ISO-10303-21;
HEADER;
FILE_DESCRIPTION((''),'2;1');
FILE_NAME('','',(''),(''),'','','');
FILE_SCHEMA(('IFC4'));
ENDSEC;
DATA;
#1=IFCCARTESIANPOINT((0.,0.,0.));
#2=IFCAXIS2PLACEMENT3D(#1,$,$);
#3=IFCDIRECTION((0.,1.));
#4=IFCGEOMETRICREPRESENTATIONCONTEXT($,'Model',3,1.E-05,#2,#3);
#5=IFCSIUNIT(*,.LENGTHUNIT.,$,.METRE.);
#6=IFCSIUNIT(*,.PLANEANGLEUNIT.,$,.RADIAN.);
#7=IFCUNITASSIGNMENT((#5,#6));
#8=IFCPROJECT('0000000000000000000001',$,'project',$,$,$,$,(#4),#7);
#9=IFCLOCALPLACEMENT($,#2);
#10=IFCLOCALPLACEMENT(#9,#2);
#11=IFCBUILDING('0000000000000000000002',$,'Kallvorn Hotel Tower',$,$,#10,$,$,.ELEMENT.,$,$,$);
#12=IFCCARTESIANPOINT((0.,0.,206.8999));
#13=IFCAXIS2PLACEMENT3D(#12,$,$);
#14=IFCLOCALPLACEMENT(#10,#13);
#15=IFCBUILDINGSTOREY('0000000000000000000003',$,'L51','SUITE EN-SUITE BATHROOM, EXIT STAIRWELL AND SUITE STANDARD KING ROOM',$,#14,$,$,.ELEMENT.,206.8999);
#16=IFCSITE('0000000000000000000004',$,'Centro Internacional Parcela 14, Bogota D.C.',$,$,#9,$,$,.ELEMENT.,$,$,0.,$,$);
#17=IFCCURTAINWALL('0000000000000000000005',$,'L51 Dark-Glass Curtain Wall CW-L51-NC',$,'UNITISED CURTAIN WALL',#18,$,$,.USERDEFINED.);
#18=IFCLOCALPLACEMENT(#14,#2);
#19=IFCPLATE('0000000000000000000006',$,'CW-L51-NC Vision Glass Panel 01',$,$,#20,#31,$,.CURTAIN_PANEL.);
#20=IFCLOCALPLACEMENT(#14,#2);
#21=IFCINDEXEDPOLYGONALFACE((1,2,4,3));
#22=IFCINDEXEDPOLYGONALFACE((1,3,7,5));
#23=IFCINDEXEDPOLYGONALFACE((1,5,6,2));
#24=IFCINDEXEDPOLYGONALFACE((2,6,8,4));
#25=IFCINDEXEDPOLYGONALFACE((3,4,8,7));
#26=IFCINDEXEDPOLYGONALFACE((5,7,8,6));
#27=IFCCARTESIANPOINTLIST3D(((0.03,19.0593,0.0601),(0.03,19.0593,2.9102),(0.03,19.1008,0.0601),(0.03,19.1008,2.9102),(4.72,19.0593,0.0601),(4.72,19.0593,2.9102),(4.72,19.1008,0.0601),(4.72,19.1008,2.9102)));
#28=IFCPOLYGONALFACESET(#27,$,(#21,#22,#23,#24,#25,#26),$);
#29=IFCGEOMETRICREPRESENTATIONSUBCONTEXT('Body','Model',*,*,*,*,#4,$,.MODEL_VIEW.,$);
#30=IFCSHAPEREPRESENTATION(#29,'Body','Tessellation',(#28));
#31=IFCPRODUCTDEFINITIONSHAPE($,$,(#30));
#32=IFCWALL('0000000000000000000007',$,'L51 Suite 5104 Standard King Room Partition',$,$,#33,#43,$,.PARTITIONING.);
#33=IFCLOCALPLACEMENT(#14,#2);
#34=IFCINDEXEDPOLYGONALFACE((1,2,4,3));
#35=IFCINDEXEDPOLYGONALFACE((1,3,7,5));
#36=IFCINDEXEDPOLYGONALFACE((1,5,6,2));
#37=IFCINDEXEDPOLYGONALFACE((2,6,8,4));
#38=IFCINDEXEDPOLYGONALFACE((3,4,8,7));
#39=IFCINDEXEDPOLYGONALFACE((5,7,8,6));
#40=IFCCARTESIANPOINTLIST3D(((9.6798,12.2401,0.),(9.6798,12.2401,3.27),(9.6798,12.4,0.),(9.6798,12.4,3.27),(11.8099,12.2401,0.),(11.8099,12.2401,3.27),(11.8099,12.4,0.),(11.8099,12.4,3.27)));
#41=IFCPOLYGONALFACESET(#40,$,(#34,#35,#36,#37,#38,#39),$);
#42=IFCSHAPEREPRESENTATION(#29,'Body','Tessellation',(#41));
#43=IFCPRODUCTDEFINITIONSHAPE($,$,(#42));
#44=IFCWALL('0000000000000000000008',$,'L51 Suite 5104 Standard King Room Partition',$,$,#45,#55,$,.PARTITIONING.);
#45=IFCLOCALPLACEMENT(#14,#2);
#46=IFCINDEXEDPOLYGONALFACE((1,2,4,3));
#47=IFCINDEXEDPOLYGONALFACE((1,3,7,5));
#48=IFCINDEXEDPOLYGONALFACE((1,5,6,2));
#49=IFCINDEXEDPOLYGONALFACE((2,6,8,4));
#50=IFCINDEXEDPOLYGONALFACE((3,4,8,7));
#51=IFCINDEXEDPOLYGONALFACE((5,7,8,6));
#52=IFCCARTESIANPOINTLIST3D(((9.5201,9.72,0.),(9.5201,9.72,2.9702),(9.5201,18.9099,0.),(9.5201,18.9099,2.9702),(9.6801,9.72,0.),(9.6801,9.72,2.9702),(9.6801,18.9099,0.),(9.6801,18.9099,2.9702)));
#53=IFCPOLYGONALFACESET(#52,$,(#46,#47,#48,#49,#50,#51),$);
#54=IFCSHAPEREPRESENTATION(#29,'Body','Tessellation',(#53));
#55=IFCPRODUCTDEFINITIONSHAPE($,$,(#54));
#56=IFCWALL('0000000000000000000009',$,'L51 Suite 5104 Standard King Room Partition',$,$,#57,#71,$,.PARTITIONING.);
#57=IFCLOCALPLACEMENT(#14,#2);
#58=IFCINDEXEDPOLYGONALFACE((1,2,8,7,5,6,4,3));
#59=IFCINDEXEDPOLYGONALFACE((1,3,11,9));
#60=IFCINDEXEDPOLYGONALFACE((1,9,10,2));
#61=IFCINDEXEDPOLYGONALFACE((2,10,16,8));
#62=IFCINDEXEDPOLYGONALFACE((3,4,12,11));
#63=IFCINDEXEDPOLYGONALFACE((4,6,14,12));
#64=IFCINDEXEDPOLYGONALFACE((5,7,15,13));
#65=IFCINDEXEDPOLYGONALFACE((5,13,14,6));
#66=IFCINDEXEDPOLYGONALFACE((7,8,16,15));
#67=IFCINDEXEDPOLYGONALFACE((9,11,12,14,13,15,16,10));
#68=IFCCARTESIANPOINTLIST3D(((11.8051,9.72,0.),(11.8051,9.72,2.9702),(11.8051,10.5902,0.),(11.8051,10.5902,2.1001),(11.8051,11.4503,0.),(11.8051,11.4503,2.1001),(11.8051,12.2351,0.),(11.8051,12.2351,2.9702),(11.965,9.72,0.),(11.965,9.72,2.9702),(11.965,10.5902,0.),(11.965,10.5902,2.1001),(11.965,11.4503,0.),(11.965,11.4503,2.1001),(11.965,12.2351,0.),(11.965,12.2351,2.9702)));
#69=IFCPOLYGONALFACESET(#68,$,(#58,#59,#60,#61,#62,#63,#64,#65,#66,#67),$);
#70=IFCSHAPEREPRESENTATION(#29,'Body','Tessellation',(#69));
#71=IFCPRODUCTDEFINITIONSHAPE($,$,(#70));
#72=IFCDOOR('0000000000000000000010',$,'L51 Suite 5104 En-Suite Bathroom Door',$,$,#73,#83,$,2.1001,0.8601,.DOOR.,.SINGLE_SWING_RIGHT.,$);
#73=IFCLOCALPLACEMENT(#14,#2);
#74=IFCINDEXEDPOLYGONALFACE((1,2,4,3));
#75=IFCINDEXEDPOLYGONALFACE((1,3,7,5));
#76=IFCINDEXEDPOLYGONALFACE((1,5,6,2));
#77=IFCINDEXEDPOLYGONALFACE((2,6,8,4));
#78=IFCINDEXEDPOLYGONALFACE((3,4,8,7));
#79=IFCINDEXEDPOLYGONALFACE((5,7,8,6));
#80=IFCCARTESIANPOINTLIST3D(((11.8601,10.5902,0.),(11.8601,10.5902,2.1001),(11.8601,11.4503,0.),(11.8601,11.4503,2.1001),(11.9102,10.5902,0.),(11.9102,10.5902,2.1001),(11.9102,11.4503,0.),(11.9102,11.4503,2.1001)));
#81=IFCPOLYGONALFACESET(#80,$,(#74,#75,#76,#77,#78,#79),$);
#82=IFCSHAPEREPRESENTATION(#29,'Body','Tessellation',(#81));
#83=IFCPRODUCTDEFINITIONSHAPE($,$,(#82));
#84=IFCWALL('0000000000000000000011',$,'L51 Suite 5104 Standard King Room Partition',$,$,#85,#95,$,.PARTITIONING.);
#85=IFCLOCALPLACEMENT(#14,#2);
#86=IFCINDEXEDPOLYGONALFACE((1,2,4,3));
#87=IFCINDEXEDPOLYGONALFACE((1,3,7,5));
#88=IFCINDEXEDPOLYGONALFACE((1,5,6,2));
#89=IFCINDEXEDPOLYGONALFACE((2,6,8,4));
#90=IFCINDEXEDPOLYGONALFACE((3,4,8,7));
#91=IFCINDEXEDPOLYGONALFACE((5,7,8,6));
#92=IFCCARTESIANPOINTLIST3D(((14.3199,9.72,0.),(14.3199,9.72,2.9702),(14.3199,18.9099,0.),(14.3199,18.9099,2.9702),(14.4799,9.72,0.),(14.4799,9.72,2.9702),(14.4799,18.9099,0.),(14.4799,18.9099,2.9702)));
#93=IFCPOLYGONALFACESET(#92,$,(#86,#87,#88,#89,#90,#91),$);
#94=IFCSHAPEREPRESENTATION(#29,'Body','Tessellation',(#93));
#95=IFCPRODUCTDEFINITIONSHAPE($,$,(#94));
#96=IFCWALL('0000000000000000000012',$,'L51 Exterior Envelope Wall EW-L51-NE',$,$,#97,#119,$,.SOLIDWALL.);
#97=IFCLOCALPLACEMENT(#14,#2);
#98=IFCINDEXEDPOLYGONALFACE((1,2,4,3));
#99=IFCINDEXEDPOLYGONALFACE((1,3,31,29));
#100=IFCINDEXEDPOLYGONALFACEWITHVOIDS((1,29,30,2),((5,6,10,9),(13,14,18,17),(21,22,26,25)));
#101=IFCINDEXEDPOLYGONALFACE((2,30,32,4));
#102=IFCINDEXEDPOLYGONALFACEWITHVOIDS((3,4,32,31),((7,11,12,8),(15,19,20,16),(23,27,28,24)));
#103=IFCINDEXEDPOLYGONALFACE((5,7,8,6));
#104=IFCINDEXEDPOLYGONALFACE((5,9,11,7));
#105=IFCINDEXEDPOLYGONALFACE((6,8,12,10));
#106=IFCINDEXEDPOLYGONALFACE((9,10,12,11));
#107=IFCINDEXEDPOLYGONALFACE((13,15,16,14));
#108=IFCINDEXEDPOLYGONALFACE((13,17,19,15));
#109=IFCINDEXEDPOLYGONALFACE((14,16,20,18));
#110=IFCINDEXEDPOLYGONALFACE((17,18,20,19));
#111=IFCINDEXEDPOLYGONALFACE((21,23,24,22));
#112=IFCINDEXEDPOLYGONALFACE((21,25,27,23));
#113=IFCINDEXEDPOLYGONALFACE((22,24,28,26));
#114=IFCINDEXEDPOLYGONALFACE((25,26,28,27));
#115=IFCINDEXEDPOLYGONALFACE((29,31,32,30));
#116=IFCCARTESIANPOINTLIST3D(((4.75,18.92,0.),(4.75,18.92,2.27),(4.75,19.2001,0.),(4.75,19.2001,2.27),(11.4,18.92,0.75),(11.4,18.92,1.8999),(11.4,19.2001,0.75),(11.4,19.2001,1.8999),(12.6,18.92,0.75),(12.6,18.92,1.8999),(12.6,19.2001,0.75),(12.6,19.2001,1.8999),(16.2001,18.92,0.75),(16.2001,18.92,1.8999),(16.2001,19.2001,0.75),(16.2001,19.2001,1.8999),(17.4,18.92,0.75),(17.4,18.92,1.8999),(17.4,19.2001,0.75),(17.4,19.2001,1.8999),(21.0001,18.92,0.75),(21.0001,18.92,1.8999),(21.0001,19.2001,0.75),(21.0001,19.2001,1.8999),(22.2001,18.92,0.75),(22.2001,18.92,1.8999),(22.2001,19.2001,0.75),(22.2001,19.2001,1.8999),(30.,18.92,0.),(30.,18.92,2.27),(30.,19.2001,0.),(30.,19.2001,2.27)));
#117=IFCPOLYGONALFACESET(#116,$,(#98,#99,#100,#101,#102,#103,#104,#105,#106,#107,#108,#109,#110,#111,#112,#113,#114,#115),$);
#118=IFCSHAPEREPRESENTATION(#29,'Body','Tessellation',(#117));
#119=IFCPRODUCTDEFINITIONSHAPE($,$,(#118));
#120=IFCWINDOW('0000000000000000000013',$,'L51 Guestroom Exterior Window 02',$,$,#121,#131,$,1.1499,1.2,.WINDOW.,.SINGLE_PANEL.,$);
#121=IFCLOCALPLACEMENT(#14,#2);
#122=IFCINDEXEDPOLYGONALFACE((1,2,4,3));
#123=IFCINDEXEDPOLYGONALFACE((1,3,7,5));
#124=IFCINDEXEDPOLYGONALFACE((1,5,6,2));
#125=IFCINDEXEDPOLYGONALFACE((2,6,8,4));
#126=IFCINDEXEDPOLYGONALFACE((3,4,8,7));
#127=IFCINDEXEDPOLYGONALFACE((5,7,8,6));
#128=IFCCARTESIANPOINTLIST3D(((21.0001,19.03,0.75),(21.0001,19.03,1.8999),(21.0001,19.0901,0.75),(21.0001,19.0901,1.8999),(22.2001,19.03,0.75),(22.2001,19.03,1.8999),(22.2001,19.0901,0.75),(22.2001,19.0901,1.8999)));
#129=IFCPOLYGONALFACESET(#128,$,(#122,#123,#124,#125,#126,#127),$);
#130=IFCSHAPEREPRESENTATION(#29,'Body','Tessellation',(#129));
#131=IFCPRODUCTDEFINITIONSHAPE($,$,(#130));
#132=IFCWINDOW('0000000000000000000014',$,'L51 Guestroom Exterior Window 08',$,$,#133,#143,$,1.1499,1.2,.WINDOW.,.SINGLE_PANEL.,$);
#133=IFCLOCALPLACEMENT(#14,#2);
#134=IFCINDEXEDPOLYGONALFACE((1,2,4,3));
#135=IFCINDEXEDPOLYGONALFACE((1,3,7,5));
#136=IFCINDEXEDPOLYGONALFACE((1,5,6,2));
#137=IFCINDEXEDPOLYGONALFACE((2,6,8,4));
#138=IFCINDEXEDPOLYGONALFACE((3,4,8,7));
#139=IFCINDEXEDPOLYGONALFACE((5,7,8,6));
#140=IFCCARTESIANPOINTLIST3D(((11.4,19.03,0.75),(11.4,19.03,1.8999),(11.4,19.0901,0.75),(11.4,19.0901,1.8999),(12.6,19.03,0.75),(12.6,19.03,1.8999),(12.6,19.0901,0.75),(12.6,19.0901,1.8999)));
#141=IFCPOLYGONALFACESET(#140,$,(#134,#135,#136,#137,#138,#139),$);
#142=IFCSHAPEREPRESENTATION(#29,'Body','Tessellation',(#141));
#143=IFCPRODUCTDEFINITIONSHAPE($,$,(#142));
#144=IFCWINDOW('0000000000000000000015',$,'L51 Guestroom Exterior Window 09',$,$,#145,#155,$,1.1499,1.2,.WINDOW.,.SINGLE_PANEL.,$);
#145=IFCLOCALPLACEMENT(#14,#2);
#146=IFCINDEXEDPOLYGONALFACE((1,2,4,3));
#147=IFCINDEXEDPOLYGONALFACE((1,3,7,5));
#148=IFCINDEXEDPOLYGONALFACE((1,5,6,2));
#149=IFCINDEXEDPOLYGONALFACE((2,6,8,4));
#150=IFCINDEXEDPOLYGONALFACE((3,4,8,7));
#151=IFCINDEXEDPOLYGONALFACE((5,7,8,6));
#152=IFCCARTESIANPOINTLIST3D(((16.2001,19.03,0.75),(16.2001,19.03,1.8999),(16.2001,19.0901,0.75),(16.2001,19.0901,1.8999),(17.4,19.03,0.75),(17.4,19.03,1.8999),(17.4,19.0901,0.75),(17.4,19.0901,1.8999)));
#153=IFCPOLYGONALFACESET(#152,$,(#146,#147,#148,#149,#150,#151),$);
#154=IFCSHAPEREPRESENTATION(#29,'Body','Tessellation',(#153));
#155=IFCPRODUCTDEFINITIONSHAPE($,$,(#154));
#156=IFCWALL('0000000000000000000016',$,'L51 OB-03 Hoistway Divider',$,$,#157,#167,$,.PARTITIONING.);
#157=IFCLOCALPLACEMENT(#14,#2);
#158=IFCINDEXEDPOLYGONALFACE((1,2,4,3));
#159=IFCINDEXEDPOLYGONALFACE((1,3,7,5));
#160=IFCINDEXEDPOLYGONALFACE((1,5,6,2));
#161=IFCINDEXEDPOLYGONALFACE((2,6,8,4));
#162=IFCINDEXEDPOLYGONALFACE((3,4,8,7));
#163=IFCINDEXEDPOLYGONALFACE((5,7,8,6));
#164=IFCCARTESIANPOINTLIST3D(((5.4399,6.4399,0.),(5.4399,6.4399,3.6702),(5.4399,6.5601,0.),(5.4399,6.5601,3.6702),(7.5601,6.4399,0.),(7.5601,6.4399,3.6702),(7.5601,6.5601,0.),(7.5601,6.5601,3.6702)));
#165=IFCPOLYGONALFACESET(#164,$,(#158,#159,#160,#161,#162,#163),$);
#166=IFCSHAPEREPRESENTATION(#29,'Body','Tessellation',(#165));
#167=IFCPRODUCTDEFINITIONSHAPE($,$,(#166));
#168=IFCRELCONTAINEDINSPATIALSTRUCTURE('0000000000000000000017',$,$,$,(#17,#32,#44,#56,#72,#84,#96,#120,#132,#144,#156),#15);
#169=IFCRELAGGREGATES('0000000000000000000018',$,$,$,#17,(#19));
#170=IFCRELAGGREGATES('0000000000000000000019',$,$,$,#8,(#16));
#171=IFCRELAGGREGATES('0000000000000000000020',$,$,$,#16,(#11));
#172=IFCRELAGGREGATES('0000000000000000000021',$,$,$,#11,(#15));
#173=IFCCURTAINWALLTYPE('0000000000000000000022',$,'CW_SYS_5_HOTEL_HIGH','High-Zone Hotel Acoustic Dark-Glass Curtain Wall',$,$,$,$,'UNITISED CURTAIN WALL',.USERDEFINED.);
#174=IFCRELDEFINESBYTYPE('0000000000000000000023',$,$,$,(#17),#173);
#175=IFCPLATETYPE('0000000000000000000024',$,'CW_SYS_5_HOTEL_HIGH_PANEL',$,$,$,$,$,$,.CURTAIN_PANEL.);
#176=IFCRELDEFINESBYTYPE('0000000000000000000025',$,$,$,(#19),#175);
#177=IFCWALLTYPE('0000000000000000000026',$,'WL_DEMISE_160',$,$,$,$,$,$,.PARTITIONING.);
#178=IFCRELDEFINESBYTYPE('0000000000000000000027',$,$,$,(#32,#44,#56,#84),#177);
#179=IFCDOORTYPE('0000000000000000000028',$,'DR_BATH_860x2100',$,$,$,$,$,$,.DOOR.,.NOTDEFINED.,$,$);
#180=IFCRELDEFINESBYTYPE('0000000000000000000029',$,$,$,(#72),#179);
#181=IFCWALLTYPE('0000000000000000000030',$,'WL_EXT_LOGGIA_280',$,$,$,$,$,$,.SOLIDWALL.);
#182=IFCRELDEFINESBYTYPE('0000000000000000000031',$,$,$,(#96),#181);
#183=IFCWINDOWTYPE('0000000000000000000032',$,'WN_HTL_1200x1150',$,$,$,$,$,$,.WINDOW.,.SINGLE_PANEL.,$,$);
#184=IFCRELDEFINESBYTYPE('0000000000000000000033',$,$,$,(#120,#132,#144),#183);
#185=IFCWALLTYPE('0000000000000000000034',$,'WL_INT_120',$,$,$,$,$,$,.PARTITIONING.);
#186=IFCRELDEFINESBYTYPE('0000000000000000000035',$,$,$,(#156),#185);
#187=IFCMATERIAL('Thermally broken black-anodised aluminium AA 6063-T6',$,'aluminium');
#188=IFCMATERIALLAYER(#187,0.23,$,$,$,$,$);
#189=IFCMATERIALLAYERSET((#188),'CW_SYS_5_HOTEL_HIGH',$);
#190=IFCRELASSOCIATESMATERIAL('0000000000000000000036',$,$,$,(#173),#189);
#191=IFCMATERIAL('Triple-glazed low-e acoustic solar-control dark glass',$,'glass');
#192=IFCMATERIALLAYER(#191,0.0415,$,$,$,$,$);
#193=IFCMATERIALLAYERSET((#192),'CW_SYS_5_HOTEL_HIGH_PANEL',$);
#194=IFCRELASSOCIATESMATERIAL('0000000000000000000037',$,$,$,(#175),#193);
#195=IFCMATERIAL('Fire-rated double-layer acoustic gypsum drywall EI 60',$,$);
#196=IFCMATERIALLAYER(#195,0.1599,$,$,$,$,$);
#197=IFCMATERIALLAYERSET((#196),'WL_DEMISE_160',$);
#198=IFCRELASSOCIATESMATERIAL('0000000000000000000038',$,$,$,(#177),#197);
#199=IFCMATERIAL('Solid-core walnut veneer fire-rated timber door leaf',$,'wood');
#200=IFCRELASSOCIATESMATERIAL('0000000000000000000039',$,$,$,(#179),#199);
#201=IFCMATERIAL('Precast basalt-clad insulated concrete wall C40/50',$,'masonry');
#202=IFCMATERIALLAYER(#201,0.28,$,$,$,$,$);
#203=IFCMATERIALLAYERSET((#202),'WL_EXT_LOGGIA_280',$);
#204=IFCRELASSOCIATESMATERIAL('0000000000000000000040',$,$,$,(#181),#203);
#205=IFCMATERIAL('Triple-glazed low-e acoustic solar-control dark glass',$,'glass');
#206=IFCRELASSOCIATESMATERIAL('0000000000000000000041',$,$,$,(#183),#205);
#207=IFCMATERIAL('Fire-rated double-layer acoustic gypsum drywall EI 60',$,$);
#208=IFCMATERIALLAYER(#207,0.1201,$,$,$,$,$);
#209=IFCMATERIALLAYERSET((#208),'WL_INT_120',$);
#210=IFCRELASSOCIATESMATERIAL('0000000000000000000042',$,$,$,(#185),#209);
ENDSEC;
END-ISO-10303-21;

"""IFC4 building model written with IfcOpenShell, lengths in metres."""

from ifc_helpers import new_model, si_unit, direction, frame, frame_2d, origin, origin_2d, place, context, subcontext, project, spatial, rectangle, extrude, material, layer, layer_set, type_object, element, fill, aggregate, save


model = new_model("IFC4")

# Units and contexts
model_context = context("Model", 3, precision=1e-05, world=origin(), true_north=direction((0.0, 1.0)))
body_context = subcontext(model_context, "Body", "Model", "MODEL_VIEW")
ifc_project = project(units=[si_unit("LENGTHUNIT", "METRE"), si_unit("PLANEANGLEUNIT", "RADIAN")], contexts=[model_context])

# Site, building, storey
site_placement = place(None, origin())
site = spatial("IfcSite", under=ifc_project, at=site_placement, Name="Centro Internacional Parcela 14, Bogota D.C.", CompositionType="ELEMENT", RefElevation=0.0)
building_placement = place(site_placement, origin())
building = spatial("IfcBuilding", under=site, at=building_placement, Name="Kallvorn Hotel Tower", CompositionType="ELEMENT")
storey_placement = place(building_placement, frame((0.0, 0.0, 206.8999)))
storey = spatial("IfcBuildingStorey", under=building, at=storey_placement, Name="L51", Description="SUITE EN-SUITE BATHROOM, EXIT STAIRWELL AND SUITE STANDARD KING ROOM", CompositionType="ELEMENT", Elevation=206.8999)

# Curtain wall, plate
ifc_material_1 = material(Name="Thermally broken black-anodised aluminium AA 6063-T6", Category="aluminium")
ifc_layer_1 = layer(ifc_material_1, 0.23)
ifc_layer_set_1 = layer_set([ifc_layer_1], Name="CW_SYS_5_HOTEL_HIGH")
curtain_wall_type = type_object("IfcCurtainWallType", Name="CW_SYS_5_HOTEL_HIGH", Description="High-Zone Hotel Acoustic Dark-Glass Curtain Wall", ElementType="UNITISED CURTAIN WALL", PredefinedType="USERDEFINED", material=ifc_layer_set_1)
curtain_wall_placement = place(storey_placement, origin())
curtain_wall = element("IfcCurtainWall", 1, at=curtain_wall_placement, inside=storey, type_object=curtain_wall_type, Name="L51 Dark-Glass Curtain Wall CW-L51-NC", ObjectType="UNITISED CURTAIN WALL", PredefinedType="USERDEFINED")
ifc_material_2 = material(Name="Triple-glazed low-e acoustic solar-control dark glass", Category="glass")
ifc_layer_2 = layer(ifc_material_2, 0.0415)
ifc_layer_set_2 = layer_set([ifc_layer_2], Name="CW_SYS_5_HOTEL_HIGH_PANEL")
plate_type = type_object("IfcPlateType", Name="CW_SYS_5_HOTEL_HIGH_PANEL", PredefinedType="CURTAIN_PANEL", material=ifc_layer_set_2)
plate_placement = place(storey_placement, frame((2.375, 19.0801, 0.0601), z_axis=(0.0, 0.0, 1.0), x_axis=(1.0, 0.0, 0.0)))
plate = element("IfcPlate", 2, at=plate_placement, type_object=plate_type, Name="CW-L51-NC Vision Glass Panel 01", PredefinedType="CURTAIN_PANEL", context=body_context, shape_type="SweptSolid", body=[
    extrude(rectangle(XDim=4.6899, YDim=0.0415, at=origin_2d()), origin(), (0.0, 0.0, 1.0), 2.8501),
])
aggregate(curtain_wall, [plate])

# Walls
ifc_material_3 = material(Name="Fire-rated double-layer acoustic gypsum drywall EI 60")
ifc_layer_3 = layer(ifc_material_3, 0.1599)
ifc_layer_set_3 = layer_set([ifc_layer_3], Name="WL_DEMISE_160")
wall_type_1 = type_object("IfcWallType", Name="WL_DEMISE_160", PredefinedType="PARTITIONING", material=ifc_layer_set_3)
wall_1_placement = place(storey_placement, frame((9.6799, 12.3201, 0.0), z_axis=(0.0, 0.0, 1.0), x_axis=(1.0, 0.0, 0.0)))
element("IfcWall", 3, at=wall_1_placement, inside=storey, type_object=wall_type_1, Name="L51 Suite 5104 Standard King Room Partition", PredefinedType="PARTITIONING", context=body_context, shape_type="SweptSolid", body=[
    extrude(rectangle(XDim=2.1301, YDim=0.1599, at=frame_2d((1.0649, 0.0))), origin(), (0.0, 0.0, 1.0), 3.27),
])
wall_2_placement = place(storey_placement, frame((9.6001, 9.72, 0.0), z_axis=(0.0, 0.0, 1.0), x_axis=(0.0, 1.0, 0.0)))
element("IfcWall", 4, at=wall_2_placement, inside=storey, type_object=wall_type_1, Name="L51 Suite 5104 Standard King Room Partition", PredefinedType="PARTITIONING", context=body_context, shape_type="SweptSolid", body=[
    extrude(rectangle(XDim=9.1899, YDim=0.1599, at=frame_2d((4.595, 0.0))), origin(), (0.0, 0.0, 1.0), 2.9702),
])

# Wall, opening, door
wall_3_placement = place(storey_placement, frame((11.885, 9.72, 0.0), z_axis=(0.0, 0.0, 1.0), x_axis=(0.0, 1.0, 0.0)))
wall_3 = element("IfcWall", 5, at=wall_3_placement, inside=storey, type_object=wall_type_1, Name="L51 Suite 5104 Standard King Room Partition", PredefinedType="PARTITIONING", context=body_context, shape_type="SweptSolid", body=[
    extrude(rectangle(XDim=2.5151, YDim=0.1599, at=frame_2d((1.2576, 0.0))), origin(), (0.0, 0.0, 1.0), 2.9702),
])
opening_1_placement = place(wall_3_placement, frame((0.8701, 0.0, 0.0)))
opening_1 = element("IfcOpeningElement", 6, at=opening_1_placement, cuts=wall_3, PredefinedType="OPENING", context=body_context, shape_type="SweptSolid", body=[
    extrude(rectangle(XDim=0.8601, YDim=2.1001, at=frame_2d((0.4302, 1.05))), frame((0.0, 0.095, 0.0), z_axis=(0.0, -1.0, 0.0), x_axis=(1.0, 0.0, 0.0)), (0.0, 0.0, 1.0), 0.1899),
])
ifc_material_4 = material(Name="Solid-core walnut veneer fire-rated timber door leaf", Category="wood")
door_type_1 = type_object("IfcDoorType", Name="DR_BATH_860x2100", OperationType="NOTDEFINED", PredefinedType="DOOR", material=ifc_material_4)
door_1_placement = place(opening_1_placement, origin())
door_1 = element("IfcDoor", 7, at=door_1_placement, inside=storey, type_object=door_type_1, Name="L51 Suite 5104 En-Suite Bathroom Door", OperationType="SINGLE_SWING_RIGHT", OverallHeight=2.1001, OverallWidth=0.8601, PredefinedType="DOOR", context=body_context, shape_type="SweptSolid", body=[
    extrude(rectangle(XDim=0.8601, YDim=2.1001, at=frame_2d((0.4302, 1.05))), frame((0.0, 0.0249, 0.0), z_axis=(0.0, -1.0, 0.0), x_axis=(1.0, 0.0, 0.0)), (0.0, 0.0, 1.0), 0.05),
])
fill(opening_1, door_1)

# Wall
wall_4_placement = place(storey_placement, frame((14.3999, 9.72, 0.0), z_axis=(0.0, 0.0, 1.0), x_axis=(0.0, 1.0, 0.0)))
element("IfcWall", 8, at=wall_4_placement, inside=storey, type_object=wall_type_1, Name="L51 Suite 5104 Standard King Room Partition", PredefinedType="PARTITIONING", context=body_context, shape_type="SweptSolid", body=[
    extrude(rectangle(XDim=9.1899, YDim=0.1599, at=frame_2d((4.595, 0.0))), origin(), (0.0, 0.0, 1.0), 2.9702),
])

# Wall, openings, windows
ifc_material_5 = material(Name="Precast basalt-clad insulated concrete wall C40/50", Category="masonry")
ifc_layer_4 = layer(ifc_material_5, 0.28)
ifc_layer_set_4 = layer_set([ifc_layer_4], Name="WL_EXT_LOGGIA_280")
wall_type_2 = type_object("IfcWallType", Name="WL_EXT_LOGGIA_280", PredefinedType="SOLIDWALL", material=ifc_layer_set_4)
wall_5_placement = place(storey_placement, frame((4.75, 19.0601, 0.0), z_axis=(0.0, 0.0, 1.0), x_axis=(1.0, 0.0, 0.0)))
wall_5 = element("IfcWall", 9, at=wall_5_placement, inside=storey, type_object=wall_type_2, Name="L51 Exterior Envelope Wall EW-L51-NE", PredefinedType="SOLIDWALL", context=body_context, shape_type="SweptSolid", body=[
    extrude(rectangle(XDim=25.25, YDim=0.28, at=frame_2d((12.625, 0.0))), origin(), (0.0, 0.0, 1.0), 2.27),
])
opening_2_placement = place(wall_5_placement, frame((16.25, 0.0, 0.75)))
opening_2 = element("IfcOpeningElement", 10, at=opening_2_placement, cuts=wall_5, PredefinedType="OPENING", context=body_context, shape_type="SweptSolid", body=[
    extrude(rectangle(XDim=1.2, YDim=1.1499, at=frame_2d((0.6001, 0.575))), frame((0.0, 0.155, 0.0), z_axis=(0.0, -1.0, 0.0), x_axis=(1.0, 0.0, 0.0)), (0.0, 0.0, 1.0), 0.3101),
])
opening_3_placement = place(wall_5_placement, frame((6.6499, 0.0, 0.75)))
opening_3 = element("IfcOpeningElement", 11, at=opening_3_placement, cuts=wall_5, PredefinedType="OPENING", context=body_context, shape_type="SweptSolid", body=[
    extrude(rectangle(XDim=1.2, YDim=1.1499, at=frame_2d((0.6001, 0.575))), frame((0.0, 0.155, 0.0), z_axis=(0.0, -1.0, 0.0), x_axis=(1.0, 0.0, 0.0)), (0.0, 0.0, 1.0), 0.3101),
])
opening_4_placement = place(wall_5_placement, frame((11.45, 0.0, 0.75)))
opening_4 = element("IfcOpeningElement", 12, at=opening_4_placement, cuts=wall_5, PredefinedType="OPENING", context=body_context, shape_type="SweptSolid", body=[
    extrude(rectangle(XDim=1.2, YDim=1.1499, at=frame_2d((0.6001, 0.575))), frame((0.0, 0.155, 0.0), z_axis=(0.0, -1.0, 0.0), x_axis=(1.0, 0.0, 0.0)), (0.0, 0.0, 1.0), 0.3101),
])
ifc_material_6 = material(Name="Triple-glazed low-e acoustic solar-control dark glass", Category="glass")
window_type = type_object("IfcWindowType", Name="WN_HTL_1200x1150", PartitioningType="SINGLE_PANEL", PredefinedType="WINDOW", material=ifc_material_6)
window_1_placement = place(opening_2_placement, origin())
window_1 = element("IfcWindow", 13, at=window_1_placement, inside=storey, type_object=window_type, Name="L51 Guestroom Exterior Window 02", OverallHeight=1.1499, OverallWidth=1.2, PartitioningType="SINGLE_PANEL", PredefinedType="WINDOW", context=body_context, shape_type="SweptSolid", body=[
    extrude(rectangle(XDim=1.2, YDim=1.1499, at=frame_2d((0.6001, 0.575))), frame((0.0, 0.03, 0.0), z_axis=(0.0, -1.0, 0.0), x_axis=(1.0, 0.0, 0.0)), (0.0, 0.0, 1.0), 0.0601),
])
fill(opening_2, window_1)
window_2_placement = place(opening_3_placement, origin())
window_2 = element("IfcWindow", 14, at=window_2_placement, inside=storey, type_object=window_type, Name="L51 Guestroom Exterior Window 08", OverallHeight=1.1499, OverallWidth=1.2, PartitioningType="SINGLE_PANEL", PredefinedType="WINDOW", context=body_context, shape_type="SweptSolid", body=[
    extrude(rectangle(XDim=1.2, YDim=1.1499, at=frame_2d((0.6001, 0.575))), frame((0.0, 0.03, 0.0), z_axis=(0.0, -1.0, 0.0), x_axis=(1.0, 0.0, 0.0)), (0.0, 0.0, 1.0), 0.0601),
])
fill(opening_3, window_2)
window_3_placement = place(opening_4_placement, origin())
window_3 = element("IfcWindow", 15, at=window_3_placement, inside=storey, type_object=window_type, Name="L51 Guestroom Exterior Window 09", OverallHeight=1.1499, OverallWidth=1.2, PartitioningType="SINGLE_PANEL", PredefinedType="WINDOW", context=body_context, shape_type="SweptSolid", body=[
    extrude(rectangle(XDim=1.2, YDim=1.1499, at=frame_2d((0.6001, 0.575))), frame((0.0, 0.03, 0.0), z_axis=(0.0, -1.0, 0.0), x_axis=(1.0, 0.0, 0.0)), (0.0, 0.0, 1.0), 0.0601),
])
fill(opening_4, window_3)

# Wall
ifc_material_7 = material(Name="Fire-rated double-layer acoustic gypsum drywall EI 60")
ifc_layer_5 = layer(ifc_material_7, 0.1201)
ifc_layer_set_5 = layer_set([ifc_layer_5], Name="WL_INT_120")
wall_type_3 = type_object("IfcWallType", Name="WL_INT_120", PredefinedType="PARTITIONING", material=ifc_layer_set_5)
wall_6_placement = place(storey_placement, frame((5.4399, 6.5, 0.0), z_axis=(0.0, 0.0, 1.0), x_axis=(1.0, 0.0, 0.0)))
element("IfcWall", 16, at=wall_6_placement, inside=storey, type_object=wall_type_3, Name="L51 OB-03 Hoistway Divider", PredefinedType="PARTITIONING", context=body_context, shape_type="SweptSolid", body=[
    extrude(rectangle(XDim=2.1201, YDim=0.1201, at=frame_2d((1.0601, 0.0))), origin(), (0.0, 0.0, 1.0), 3.6702),
])

save(model, "model.ifc")
